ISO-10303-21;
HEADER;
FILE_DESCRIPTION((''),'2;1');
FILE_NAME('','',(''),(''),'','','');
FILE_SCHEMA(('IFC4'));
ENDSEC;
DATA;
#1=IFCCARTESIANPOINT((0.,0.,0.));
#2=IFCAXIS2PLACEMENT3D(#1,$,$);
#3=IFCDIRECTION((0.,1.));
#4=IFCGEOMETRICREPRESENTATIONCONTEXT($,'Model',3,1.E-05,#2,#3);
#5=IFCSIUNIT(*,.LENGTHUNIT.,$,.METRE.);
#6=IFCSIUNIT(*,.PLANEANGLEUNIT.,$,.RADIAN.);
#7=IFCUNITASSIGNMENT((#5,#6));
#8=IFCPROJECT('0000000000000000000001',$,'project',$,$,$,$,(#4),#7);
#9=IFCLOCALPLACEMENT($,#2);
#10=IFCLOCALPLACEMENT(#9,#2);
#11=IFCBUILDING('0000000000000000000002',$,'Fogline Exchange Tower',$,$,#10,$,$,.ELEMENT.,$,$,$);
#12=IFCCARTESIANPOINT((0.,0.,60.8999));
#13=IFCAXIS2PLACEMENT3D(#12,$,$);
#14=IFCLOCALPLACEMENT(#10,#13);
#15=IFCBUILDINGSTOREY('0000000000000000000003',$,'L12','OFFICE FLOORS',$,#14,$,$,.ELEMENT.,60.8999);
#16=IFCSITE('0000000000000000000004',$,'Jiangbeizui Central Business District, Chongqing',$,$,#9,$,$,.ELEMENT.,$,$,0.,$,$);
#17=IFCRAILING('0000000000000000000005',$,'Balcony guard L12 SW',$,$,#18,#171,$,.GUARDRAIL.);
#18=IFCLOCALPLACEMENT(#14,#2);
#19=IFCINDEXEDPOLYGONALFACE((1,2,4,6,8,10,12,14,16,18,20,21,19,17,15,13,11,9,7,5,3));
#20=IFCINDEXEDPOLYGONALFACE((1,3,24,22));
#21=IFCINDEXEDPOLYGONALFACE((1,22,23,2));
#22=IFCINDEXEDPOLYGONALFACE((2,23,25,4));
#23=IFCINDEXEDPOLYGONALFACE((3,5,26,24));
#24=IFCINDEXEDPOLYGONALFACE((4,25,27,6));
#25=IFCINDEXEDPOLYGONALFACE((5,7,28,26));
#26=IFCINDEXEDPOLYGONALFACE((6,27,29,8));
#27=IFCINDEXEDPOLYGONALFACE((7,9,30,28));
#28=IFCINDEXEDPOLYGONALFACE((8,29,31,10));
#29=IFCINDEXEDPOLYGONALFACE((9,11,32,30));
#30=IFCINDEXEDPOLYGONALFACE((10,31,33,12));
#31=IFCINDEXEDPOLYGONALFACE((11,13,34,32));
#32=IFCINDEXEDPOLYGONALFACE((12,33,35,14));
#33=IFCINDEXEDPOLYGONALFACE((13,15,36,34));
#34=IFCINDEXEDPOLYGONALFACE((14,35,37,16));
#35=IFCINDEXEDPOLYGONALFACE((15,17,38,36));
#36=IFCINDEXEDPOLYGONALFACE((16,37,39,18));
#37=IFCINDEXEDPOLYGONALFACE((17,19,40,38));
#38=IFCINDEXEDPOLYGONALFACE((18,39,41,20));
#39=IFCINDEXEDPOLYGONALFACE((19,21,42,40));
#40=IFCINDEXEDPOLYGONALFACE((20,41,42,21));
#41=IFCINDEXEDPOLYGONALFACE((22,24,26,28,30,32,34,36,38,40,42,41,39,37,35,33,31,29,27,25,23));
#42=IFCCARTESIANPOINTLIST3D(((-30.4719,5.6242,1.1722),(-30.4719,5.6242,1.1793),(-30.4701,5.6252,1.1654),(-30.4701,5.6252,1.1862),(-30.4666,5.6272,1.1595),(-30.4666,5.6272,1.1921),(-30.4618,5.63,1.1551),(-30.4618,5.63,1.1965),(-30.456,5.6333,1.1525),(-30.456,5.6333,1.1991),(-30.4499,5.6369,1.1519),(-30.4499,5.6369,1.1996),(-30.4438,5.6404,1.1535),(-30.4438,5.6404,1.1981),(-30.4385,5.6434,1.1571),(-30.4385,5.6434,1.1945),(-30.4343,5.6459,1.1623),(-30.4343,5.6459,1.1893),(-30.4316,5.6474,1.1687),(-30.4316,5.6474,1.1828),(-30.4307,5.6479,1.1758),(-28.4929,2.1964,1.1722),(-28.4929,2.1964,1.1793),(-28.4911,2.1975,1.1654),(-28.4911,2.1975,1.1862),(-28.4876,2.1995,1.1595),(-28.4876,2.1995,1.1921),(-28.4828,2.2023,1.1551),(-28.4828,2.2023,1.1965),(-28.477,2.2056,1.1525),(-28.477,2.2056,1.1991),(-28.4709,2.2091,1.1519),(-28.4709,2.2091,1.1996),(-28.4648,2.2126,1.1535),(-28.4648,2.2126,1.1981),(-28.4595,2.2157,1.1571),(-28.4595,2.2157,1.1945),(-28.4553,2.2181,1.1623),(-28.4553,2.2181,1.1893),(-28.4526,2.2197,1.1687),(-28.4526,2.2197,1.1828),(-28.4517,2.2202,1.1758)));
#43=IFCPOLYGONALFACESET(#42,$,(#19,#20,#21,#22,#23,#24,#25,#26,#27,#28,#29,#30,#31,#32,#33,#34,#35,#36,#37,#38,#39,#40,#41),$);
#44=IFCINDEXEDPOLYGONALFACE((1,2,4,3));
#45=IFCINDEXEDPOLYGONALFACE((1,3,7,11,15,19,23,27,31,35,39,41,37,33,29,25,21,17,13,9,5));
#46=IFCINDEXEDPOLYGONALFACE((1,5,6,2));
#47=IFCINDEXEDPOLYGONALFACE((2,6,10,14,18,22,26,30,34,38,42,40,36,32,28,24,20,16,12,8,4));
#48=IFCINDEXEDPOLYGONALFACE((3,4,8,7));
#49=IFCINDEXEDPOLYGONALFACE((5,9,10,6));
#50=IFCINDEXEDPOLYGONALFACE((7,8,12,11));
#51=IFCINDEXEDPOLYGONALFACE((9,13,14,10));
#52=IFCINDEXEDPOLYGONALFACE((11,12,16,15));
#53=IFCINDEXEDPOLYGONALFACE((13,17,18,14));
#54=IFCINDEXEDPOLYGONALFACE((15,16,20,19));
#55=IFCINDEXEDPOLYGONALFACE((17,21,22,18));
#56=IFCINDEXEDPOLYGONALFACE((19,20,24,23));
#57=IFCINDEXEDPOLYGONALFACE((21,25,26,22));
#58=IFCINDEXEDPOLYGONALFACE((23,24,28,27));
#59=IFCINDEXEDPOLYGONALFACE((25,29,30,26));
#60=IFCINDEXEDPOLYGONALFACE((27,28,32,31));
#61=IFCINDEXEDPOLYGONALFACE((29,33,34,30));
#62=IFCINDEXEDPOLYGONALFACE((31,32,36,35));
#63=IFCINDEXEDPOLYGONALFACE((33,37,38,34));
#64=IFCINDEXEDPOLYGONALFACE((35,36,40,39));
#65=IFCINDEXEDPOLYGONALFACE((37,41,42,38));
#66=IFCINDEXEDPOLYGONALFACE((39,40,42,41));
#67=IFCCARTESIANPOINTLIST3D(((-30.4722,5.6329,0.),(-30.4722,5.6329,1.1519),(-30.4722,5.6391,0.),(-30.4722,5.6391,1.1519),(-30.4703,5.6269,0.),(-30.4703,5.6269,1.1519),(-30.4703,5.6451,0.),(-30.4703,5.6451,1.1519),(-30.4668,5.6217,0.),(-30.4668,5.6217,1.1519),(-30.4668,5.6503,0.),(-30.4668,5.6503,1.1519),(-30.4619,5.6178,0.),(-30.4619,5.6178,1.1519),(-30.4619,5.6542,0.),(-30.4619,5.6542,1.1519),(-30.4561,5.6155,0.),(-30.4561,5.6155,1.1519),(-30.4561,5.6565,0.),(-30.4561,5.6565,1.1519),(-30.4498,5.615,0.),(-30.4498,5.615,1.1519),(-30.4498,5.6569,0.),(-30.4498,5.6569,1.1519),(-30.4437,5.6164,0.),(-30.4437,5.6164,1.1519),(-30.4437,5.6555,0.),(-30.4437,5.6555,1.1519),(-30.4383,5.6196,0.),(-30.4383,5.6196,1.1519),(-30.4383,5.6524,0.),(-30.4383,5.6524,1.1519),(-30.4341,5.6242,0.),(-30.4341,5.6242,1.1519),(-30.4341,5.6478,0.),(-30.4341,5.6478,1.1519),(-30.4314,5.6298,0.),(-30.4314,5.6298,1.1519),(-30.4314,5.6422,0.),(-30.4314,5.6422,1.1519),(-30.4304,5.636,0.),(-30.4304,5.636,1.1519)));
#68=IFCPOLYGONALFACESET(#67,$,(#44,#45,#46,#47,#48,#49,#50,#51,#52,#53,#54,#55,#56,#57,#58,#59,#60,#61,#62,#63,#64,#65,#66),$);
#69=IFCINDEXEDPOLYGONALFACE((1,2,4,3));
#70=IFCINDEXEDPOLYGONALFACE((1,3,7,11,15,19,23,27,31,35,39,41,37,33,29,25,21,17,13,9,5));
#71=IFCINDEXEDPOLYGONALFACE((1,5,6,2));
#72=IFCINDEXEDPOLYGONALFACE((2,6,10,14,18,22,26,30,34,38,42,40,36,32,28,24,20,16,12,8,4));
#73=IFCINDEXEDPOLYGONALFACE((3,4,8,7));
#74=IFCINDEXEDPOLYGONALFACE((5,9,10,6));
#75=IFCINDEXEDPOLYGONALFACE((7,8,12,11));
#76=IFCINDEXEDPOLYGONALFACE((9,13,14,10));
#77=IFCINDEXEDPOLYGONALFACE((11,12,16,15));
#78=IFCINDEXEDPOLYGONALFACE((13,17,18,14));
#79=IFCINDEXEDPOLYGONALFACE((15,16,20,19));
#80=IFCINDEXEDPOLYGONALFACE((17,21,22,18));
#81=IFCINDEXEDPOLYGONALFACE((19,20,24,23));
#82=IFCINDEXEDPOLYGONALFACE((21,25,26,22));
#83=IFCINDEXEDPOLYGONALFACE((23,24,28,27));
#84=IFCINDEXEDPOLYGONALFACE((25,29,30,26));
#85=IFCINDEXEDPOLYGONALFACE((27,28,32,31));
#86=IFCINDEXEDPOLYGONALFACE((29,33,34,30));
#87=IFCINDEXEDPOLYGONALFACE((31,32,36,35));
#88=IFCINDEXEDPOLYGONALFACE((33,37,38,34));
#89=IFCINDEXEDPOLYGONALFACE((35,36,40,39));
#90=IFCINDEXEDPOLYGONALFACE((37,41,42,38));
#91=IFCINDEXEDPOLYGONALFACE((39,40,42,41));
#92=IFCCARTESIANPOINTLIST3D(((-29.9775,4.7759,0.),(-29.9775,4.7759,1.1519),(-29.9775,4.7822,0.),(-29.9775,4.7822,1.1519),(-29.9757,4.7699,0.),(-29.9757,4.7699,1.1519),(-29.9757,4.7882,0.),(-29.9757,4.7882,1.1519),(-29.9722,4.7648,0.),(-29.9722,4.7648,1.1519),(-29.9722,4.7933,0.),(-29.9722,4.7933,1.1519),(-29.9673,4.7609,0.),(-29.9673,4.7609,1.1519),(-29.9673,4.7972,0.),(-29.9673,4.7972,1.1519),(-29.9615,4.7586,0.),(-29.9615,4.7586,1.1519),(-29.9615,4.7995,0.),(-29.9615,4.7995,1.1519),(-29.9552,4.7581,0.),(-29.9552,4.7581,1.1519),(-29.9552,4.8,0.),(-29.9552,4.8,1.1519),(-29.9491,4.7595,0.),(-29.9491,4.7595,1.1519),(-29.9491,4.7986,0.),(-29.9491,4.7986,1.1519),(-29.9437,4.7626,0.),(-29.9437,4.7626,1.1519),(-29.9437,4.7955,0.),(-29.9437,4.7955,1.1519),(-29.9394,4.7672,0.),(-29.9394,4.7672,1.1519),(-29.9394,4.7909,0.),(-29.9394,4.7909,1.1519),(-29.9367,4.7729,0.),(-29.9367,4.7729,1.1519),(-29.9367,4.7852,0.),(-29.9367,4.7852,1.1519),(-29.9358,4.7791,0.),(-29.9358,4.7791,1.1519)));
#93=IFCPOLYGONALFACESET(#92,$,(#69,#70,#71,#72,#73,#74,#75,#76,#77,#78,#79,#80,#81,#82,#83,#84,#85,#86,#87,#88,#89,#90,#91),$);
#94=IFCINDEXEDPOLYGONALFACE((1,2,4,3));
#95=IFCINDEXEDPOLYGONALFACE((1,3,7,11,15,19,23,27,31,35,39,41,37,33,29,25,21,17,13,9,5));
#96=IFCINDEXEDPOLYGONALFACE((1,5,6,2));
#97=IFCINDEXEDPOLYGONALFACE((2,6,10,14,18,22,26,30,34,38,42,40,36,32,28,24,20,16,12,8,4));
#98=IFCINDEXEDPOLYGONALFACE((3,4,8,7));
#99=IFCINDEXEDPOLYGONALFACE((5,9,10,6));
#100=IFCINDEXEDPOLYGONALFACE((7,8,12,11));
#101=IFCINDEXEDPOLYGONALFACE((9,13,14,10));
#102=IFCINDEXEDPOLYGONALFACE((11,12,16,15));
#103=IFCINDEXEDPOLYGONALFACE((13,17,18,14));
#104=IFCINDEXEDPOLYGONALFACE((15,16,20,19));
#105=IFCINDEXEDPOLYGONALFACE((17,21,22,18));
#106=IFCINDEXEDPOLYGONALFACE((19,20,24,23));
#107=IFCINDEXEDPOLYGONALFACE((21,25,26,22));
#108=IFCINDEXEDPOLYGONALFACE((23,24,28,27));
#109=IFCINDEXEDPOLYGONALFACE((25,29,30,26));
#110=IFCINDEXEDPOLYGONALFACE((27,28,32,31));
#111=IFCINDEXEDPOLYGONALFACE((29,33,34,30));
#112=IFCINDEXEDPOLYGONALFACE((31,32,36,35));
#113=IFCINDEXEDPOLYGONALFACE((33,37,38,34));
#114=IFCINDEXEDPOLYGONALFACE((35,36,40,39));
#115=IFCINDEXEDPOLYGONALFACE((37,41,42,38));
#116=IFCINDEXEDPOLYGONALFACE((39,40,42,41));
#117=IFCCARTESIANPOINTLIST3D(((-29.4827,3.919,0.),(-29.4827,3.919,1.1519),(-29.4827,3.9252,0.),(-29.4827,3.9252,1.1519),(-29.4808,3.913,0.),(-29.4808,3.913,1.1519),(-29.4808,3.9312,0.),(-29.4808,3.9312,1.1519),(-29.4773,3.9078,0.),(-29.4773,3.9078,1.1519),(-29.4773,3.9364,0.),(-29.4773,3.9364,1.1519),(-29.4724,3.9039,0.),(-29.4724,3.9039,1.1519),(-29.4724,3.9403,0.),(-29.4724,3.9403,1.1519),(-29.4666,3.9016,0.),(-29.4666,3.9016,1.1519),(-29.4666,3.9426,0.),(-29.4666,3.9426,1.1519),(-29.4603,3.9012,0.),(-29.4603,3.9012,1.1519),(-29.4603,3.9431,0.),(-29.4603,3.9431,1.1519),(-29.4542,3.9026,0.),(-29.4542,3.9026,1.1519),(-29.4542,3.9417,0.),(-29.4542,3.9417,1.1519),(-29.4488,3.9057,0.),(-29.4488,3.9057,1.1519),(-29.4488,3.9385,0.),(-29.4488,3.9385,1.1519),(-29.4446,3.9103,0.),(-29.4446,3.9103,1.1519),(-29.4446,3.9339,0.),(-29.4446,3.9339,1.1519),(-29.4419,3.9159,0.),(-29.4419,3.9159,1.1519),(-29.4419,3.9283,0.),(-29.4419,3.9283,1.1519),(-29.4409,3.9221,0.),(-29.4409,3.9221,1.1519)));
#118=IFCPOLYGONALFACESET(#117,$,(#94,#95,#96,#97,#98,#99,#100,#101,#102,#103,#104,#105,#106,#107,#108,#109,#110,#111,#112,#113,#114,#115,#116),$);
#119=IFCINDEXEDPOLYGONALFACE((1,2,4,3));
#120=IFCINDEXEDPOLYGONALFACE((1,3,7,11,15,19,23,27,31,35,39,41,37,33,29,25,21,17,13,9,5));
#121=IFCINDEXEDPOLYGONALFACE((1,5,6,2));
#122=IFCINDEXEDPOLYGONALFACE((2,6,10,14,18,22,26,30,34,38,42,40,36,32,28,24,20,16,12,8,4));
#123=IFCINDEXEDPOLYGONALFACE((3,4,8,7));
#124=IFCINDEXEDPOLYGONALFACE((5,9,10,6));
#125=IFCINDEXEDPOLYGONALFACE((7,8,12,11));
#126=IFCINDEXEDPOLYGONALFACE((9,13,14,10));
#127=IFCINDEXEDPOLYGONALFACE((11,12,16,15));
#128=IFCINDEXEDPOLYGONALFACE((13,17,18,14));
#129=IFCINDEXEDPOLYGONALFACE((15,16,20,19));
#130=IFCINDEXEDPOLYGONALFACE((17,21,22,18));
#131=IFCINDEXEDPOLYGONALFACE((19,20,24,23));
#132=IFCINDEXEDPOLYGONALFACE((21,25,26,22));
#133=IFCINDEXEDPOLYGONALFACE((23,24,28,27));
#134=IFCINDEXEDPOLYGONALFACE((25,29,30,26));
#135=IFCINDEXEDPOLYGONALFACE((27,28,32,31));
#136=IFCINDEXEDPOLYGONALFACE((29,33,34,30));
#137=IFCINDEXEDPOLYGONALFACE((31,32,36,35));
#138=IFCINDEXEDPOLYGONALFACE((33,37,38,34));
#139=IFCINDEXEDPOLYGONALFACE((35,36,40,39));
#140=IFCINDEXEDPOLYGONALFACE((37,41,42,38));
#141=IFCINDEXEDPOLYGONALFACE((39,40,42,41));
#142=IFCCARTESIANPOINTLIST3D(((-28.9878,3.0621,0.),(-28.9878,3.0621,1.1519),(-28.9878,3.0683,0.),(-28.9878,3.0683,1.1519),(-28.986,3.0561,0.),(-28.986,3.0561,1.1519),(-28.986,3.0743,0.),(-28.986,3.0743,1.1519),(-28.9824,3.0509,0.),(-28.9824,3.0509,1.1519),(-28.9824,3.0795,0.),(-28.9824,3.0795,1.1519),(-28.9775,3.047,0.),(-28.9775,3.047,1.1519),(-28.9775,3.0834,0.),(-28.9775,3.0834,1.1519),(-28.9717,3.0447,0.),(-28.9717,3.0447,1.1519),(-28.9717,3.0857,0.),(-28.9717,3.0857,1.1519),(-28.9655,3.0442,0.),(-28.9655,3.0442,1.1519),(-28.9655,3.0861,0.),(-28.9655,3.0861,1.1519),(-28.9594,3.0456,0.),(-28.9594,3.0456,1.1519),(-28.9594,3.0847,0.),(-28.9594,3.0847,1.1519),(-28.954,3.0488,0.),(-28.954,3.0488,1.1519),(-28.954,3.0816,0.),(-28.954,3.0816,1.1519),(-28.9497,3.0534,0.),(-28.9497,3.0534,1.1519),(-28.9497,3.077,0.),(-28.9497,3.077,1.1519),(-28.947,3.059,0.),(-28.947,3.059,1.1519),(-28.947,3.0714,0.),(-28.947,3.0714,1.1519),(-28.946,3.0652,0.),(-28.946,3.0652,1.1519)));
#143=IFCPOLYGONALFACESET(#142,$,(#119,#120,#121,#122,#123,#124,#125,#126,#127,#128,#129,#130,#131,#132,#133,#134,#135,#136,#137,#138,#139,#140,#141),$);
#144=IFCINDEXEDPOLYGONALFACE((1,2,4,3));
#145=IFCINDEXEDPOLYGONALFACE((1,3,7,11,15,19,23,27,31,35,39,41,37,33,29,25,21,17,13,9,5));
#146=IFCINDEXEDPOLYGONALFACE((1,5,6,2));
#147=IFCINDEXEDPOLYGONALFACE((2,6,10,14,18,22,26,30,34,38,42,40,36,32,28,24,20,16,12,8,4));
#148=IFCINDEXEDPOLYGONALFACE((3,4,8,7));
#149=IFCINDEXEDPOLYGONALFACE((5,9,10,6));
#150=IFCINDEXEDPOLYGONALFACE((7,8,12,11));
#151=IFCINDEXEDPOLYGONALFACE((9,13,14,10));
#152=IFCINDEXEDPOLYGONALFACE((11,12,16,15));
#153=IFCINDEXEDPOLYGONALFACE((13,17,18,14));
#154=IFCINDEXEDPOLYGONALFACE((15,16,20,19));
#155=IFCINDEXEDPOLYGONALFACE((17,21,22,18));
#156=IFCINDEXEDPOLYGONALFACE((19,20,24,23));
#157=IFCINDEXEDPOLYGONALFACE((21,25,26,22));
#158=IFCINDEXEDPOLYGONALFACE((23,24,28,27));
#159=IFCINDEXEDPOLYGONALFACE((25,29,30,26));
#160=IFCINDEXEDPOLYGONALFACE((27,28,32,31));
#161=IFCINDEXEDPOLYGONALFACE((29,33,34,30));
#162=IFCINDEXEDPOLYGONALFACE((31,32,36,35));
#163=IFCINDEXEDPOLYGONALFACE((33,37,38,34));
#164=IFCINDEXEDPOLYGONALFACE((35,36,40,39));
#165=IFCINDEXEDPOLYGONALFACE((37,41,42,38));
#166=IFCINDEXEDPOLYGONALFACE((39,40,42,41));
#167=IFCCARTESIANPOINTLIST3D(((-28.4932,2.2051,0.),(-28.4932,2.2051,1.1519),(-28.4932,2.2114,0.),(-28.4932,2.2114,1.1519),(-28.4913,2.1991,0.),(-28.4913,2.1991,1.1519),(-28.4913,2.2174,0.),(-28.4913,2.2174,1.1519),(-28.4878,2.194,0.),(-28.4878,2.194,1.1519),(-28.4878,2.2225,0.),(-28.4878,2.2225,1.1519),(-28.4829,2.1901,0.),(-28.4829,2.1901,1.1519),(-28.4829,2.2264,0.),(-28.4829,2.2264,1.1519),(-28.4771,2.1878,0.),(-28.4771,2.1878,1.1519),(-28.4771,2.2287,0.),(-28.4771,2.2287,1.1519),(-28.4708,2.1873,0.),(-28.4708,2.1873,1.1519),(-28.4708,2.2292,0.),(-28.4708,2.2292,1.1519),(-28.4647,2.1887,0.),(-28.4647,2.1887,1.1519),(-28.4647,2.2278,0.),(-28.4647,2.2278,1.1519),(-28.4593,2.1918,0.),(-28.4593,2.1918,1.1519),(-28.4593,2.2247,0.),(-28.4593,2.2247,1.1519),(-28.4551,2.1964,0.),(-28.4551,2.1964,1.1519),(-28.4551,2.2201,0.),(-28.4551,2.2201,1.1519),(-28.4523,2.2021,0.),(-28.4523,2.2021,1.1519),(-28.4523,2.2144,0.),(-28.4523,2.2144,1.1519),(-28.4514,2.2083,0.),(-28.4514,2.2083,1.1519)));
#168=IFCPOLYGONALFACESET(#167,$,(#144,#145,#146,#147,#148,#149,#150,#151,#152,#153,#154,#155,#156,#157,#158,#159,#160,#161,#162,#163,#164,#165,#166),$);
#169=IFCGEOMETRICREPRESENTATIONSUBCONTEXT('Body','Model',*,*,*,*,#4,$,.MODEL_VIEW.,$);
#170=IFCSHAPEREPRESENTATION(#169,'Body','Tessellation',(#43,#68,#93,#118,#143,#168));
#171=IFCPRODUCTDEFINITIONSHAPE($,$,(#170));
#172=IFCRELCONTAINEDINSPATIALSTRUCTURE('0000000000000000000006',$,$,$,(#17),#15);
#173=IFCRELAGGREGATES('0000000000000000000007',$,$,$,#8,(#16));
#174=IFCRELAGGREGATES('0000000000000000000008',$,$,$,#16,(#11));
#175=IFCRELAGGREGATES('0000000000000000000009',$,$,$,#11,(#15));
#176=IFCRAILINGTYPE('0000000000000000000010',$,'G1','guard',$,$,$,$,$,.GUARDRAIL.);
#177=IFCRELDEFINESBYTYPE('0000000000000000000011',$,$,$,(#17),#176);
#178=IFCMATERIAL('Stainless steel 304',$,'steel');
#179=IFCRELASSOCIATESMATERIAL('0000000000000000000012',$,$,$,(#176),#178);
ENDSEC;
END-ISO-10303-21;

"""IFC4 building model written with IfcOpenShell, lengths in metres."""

from ifc_helpers import new_model, si_unit, direction, frame, origin, origin_2d, place, context, subcontext, project, spatial, circle, extrude, material, type_object, element, save


model = new_model("IFC4")

# Units and contexts
model_context = context("Model", 3, precision=1e-05, world=origin(), true_north=direction((0.0, 1.0)))
body_context = subcontext(model_context, "Body", "Model", "MODEL_VIEW")
ifc_project = project(units=[si_unit("LENGTHUNIT", "METRE"), si_unit("PLANEANGLEUNIT", "RADIAN")], contexts=[model_context])

# Site, building, storey
site_placement = place(None, origin())
site = spatial("IfcSite", under=ifc_project, at=site_placement, Name="Jiangbeizui Central Business District, Chongqing", CompositionType="ELEMENT", RefElevation=0.0)
building_placement = place(site_placement, origin())
building = spatial("IfcBuilding", under=site, at=building_placement, Name="Fogline Exchange Tower", CompositionType="ELEMENT")
storey_placement = place(building_placement, frame((0.0, 0.0, 60.8999)))
storey = spatial("IfcBuildingStorey", under=building, at=storey_placement, Name="L12", Description="OFFICE FLOORS", CompositionType="ELEMENT", Elevation=60.8999)

# Railing
ifc_material_1 = material(Name="Stainless steel 304", Category="steel")
railing_type = type_object("IfcRailingType", Name="G1", Description="guard", PredefinedType="GUARDRAIL", material=ifc_material_1)
railing_placement = place(storey_placement, frame((-30.4514, 5.636, 0.0)))
element("IfcRailing", 1, at=railing_placement, inside=storey, type_object=railing_type, Name="Balcony guard L12 SW", PredefinedType="GUARDRAIL", context=body_context, shape_type="SweptSolid", body=[
    extrude(circle(Radius=0.0239, at=origin_2d()), frame((0.0, 0.0, 1.1758), z_axis=(0.5, -0.866025, 0.0), x_axis=(0.866025, 0.5, 0.0)), (0.0, 0.0, 1.0), 3.958),
    extrude(circle(Radius=0.021, at=origin_2d()), origin(), (0.0, 0.0, 1.0), 1.1519),
    extrude(circle(Radius=0.021, at=origin_2d()), frame((0.4946, -0.8569, 0.0)), (0.0, 0.0, 1.0), 1.1519),
    extrude(circle(Radius=0.021, at=origin_2d()), frame((0.9895, -1.7139, 0.0)), (0.0, 0.0, 1.0), 1.1519),
    extrude(circle(Radius=0.021, at=origin_2d()), frame((1.4844, -2.5708, 0.0)), (0.0, 0.0, 1.0), 1.1519),
    extrude(circle(Radius=0.021, at=origin_2d()), frame((1.979, -3.4277, 0.0)), (0.0, 0.0, 1.0), 1.1519),
])

save(model, "model.ifc")
